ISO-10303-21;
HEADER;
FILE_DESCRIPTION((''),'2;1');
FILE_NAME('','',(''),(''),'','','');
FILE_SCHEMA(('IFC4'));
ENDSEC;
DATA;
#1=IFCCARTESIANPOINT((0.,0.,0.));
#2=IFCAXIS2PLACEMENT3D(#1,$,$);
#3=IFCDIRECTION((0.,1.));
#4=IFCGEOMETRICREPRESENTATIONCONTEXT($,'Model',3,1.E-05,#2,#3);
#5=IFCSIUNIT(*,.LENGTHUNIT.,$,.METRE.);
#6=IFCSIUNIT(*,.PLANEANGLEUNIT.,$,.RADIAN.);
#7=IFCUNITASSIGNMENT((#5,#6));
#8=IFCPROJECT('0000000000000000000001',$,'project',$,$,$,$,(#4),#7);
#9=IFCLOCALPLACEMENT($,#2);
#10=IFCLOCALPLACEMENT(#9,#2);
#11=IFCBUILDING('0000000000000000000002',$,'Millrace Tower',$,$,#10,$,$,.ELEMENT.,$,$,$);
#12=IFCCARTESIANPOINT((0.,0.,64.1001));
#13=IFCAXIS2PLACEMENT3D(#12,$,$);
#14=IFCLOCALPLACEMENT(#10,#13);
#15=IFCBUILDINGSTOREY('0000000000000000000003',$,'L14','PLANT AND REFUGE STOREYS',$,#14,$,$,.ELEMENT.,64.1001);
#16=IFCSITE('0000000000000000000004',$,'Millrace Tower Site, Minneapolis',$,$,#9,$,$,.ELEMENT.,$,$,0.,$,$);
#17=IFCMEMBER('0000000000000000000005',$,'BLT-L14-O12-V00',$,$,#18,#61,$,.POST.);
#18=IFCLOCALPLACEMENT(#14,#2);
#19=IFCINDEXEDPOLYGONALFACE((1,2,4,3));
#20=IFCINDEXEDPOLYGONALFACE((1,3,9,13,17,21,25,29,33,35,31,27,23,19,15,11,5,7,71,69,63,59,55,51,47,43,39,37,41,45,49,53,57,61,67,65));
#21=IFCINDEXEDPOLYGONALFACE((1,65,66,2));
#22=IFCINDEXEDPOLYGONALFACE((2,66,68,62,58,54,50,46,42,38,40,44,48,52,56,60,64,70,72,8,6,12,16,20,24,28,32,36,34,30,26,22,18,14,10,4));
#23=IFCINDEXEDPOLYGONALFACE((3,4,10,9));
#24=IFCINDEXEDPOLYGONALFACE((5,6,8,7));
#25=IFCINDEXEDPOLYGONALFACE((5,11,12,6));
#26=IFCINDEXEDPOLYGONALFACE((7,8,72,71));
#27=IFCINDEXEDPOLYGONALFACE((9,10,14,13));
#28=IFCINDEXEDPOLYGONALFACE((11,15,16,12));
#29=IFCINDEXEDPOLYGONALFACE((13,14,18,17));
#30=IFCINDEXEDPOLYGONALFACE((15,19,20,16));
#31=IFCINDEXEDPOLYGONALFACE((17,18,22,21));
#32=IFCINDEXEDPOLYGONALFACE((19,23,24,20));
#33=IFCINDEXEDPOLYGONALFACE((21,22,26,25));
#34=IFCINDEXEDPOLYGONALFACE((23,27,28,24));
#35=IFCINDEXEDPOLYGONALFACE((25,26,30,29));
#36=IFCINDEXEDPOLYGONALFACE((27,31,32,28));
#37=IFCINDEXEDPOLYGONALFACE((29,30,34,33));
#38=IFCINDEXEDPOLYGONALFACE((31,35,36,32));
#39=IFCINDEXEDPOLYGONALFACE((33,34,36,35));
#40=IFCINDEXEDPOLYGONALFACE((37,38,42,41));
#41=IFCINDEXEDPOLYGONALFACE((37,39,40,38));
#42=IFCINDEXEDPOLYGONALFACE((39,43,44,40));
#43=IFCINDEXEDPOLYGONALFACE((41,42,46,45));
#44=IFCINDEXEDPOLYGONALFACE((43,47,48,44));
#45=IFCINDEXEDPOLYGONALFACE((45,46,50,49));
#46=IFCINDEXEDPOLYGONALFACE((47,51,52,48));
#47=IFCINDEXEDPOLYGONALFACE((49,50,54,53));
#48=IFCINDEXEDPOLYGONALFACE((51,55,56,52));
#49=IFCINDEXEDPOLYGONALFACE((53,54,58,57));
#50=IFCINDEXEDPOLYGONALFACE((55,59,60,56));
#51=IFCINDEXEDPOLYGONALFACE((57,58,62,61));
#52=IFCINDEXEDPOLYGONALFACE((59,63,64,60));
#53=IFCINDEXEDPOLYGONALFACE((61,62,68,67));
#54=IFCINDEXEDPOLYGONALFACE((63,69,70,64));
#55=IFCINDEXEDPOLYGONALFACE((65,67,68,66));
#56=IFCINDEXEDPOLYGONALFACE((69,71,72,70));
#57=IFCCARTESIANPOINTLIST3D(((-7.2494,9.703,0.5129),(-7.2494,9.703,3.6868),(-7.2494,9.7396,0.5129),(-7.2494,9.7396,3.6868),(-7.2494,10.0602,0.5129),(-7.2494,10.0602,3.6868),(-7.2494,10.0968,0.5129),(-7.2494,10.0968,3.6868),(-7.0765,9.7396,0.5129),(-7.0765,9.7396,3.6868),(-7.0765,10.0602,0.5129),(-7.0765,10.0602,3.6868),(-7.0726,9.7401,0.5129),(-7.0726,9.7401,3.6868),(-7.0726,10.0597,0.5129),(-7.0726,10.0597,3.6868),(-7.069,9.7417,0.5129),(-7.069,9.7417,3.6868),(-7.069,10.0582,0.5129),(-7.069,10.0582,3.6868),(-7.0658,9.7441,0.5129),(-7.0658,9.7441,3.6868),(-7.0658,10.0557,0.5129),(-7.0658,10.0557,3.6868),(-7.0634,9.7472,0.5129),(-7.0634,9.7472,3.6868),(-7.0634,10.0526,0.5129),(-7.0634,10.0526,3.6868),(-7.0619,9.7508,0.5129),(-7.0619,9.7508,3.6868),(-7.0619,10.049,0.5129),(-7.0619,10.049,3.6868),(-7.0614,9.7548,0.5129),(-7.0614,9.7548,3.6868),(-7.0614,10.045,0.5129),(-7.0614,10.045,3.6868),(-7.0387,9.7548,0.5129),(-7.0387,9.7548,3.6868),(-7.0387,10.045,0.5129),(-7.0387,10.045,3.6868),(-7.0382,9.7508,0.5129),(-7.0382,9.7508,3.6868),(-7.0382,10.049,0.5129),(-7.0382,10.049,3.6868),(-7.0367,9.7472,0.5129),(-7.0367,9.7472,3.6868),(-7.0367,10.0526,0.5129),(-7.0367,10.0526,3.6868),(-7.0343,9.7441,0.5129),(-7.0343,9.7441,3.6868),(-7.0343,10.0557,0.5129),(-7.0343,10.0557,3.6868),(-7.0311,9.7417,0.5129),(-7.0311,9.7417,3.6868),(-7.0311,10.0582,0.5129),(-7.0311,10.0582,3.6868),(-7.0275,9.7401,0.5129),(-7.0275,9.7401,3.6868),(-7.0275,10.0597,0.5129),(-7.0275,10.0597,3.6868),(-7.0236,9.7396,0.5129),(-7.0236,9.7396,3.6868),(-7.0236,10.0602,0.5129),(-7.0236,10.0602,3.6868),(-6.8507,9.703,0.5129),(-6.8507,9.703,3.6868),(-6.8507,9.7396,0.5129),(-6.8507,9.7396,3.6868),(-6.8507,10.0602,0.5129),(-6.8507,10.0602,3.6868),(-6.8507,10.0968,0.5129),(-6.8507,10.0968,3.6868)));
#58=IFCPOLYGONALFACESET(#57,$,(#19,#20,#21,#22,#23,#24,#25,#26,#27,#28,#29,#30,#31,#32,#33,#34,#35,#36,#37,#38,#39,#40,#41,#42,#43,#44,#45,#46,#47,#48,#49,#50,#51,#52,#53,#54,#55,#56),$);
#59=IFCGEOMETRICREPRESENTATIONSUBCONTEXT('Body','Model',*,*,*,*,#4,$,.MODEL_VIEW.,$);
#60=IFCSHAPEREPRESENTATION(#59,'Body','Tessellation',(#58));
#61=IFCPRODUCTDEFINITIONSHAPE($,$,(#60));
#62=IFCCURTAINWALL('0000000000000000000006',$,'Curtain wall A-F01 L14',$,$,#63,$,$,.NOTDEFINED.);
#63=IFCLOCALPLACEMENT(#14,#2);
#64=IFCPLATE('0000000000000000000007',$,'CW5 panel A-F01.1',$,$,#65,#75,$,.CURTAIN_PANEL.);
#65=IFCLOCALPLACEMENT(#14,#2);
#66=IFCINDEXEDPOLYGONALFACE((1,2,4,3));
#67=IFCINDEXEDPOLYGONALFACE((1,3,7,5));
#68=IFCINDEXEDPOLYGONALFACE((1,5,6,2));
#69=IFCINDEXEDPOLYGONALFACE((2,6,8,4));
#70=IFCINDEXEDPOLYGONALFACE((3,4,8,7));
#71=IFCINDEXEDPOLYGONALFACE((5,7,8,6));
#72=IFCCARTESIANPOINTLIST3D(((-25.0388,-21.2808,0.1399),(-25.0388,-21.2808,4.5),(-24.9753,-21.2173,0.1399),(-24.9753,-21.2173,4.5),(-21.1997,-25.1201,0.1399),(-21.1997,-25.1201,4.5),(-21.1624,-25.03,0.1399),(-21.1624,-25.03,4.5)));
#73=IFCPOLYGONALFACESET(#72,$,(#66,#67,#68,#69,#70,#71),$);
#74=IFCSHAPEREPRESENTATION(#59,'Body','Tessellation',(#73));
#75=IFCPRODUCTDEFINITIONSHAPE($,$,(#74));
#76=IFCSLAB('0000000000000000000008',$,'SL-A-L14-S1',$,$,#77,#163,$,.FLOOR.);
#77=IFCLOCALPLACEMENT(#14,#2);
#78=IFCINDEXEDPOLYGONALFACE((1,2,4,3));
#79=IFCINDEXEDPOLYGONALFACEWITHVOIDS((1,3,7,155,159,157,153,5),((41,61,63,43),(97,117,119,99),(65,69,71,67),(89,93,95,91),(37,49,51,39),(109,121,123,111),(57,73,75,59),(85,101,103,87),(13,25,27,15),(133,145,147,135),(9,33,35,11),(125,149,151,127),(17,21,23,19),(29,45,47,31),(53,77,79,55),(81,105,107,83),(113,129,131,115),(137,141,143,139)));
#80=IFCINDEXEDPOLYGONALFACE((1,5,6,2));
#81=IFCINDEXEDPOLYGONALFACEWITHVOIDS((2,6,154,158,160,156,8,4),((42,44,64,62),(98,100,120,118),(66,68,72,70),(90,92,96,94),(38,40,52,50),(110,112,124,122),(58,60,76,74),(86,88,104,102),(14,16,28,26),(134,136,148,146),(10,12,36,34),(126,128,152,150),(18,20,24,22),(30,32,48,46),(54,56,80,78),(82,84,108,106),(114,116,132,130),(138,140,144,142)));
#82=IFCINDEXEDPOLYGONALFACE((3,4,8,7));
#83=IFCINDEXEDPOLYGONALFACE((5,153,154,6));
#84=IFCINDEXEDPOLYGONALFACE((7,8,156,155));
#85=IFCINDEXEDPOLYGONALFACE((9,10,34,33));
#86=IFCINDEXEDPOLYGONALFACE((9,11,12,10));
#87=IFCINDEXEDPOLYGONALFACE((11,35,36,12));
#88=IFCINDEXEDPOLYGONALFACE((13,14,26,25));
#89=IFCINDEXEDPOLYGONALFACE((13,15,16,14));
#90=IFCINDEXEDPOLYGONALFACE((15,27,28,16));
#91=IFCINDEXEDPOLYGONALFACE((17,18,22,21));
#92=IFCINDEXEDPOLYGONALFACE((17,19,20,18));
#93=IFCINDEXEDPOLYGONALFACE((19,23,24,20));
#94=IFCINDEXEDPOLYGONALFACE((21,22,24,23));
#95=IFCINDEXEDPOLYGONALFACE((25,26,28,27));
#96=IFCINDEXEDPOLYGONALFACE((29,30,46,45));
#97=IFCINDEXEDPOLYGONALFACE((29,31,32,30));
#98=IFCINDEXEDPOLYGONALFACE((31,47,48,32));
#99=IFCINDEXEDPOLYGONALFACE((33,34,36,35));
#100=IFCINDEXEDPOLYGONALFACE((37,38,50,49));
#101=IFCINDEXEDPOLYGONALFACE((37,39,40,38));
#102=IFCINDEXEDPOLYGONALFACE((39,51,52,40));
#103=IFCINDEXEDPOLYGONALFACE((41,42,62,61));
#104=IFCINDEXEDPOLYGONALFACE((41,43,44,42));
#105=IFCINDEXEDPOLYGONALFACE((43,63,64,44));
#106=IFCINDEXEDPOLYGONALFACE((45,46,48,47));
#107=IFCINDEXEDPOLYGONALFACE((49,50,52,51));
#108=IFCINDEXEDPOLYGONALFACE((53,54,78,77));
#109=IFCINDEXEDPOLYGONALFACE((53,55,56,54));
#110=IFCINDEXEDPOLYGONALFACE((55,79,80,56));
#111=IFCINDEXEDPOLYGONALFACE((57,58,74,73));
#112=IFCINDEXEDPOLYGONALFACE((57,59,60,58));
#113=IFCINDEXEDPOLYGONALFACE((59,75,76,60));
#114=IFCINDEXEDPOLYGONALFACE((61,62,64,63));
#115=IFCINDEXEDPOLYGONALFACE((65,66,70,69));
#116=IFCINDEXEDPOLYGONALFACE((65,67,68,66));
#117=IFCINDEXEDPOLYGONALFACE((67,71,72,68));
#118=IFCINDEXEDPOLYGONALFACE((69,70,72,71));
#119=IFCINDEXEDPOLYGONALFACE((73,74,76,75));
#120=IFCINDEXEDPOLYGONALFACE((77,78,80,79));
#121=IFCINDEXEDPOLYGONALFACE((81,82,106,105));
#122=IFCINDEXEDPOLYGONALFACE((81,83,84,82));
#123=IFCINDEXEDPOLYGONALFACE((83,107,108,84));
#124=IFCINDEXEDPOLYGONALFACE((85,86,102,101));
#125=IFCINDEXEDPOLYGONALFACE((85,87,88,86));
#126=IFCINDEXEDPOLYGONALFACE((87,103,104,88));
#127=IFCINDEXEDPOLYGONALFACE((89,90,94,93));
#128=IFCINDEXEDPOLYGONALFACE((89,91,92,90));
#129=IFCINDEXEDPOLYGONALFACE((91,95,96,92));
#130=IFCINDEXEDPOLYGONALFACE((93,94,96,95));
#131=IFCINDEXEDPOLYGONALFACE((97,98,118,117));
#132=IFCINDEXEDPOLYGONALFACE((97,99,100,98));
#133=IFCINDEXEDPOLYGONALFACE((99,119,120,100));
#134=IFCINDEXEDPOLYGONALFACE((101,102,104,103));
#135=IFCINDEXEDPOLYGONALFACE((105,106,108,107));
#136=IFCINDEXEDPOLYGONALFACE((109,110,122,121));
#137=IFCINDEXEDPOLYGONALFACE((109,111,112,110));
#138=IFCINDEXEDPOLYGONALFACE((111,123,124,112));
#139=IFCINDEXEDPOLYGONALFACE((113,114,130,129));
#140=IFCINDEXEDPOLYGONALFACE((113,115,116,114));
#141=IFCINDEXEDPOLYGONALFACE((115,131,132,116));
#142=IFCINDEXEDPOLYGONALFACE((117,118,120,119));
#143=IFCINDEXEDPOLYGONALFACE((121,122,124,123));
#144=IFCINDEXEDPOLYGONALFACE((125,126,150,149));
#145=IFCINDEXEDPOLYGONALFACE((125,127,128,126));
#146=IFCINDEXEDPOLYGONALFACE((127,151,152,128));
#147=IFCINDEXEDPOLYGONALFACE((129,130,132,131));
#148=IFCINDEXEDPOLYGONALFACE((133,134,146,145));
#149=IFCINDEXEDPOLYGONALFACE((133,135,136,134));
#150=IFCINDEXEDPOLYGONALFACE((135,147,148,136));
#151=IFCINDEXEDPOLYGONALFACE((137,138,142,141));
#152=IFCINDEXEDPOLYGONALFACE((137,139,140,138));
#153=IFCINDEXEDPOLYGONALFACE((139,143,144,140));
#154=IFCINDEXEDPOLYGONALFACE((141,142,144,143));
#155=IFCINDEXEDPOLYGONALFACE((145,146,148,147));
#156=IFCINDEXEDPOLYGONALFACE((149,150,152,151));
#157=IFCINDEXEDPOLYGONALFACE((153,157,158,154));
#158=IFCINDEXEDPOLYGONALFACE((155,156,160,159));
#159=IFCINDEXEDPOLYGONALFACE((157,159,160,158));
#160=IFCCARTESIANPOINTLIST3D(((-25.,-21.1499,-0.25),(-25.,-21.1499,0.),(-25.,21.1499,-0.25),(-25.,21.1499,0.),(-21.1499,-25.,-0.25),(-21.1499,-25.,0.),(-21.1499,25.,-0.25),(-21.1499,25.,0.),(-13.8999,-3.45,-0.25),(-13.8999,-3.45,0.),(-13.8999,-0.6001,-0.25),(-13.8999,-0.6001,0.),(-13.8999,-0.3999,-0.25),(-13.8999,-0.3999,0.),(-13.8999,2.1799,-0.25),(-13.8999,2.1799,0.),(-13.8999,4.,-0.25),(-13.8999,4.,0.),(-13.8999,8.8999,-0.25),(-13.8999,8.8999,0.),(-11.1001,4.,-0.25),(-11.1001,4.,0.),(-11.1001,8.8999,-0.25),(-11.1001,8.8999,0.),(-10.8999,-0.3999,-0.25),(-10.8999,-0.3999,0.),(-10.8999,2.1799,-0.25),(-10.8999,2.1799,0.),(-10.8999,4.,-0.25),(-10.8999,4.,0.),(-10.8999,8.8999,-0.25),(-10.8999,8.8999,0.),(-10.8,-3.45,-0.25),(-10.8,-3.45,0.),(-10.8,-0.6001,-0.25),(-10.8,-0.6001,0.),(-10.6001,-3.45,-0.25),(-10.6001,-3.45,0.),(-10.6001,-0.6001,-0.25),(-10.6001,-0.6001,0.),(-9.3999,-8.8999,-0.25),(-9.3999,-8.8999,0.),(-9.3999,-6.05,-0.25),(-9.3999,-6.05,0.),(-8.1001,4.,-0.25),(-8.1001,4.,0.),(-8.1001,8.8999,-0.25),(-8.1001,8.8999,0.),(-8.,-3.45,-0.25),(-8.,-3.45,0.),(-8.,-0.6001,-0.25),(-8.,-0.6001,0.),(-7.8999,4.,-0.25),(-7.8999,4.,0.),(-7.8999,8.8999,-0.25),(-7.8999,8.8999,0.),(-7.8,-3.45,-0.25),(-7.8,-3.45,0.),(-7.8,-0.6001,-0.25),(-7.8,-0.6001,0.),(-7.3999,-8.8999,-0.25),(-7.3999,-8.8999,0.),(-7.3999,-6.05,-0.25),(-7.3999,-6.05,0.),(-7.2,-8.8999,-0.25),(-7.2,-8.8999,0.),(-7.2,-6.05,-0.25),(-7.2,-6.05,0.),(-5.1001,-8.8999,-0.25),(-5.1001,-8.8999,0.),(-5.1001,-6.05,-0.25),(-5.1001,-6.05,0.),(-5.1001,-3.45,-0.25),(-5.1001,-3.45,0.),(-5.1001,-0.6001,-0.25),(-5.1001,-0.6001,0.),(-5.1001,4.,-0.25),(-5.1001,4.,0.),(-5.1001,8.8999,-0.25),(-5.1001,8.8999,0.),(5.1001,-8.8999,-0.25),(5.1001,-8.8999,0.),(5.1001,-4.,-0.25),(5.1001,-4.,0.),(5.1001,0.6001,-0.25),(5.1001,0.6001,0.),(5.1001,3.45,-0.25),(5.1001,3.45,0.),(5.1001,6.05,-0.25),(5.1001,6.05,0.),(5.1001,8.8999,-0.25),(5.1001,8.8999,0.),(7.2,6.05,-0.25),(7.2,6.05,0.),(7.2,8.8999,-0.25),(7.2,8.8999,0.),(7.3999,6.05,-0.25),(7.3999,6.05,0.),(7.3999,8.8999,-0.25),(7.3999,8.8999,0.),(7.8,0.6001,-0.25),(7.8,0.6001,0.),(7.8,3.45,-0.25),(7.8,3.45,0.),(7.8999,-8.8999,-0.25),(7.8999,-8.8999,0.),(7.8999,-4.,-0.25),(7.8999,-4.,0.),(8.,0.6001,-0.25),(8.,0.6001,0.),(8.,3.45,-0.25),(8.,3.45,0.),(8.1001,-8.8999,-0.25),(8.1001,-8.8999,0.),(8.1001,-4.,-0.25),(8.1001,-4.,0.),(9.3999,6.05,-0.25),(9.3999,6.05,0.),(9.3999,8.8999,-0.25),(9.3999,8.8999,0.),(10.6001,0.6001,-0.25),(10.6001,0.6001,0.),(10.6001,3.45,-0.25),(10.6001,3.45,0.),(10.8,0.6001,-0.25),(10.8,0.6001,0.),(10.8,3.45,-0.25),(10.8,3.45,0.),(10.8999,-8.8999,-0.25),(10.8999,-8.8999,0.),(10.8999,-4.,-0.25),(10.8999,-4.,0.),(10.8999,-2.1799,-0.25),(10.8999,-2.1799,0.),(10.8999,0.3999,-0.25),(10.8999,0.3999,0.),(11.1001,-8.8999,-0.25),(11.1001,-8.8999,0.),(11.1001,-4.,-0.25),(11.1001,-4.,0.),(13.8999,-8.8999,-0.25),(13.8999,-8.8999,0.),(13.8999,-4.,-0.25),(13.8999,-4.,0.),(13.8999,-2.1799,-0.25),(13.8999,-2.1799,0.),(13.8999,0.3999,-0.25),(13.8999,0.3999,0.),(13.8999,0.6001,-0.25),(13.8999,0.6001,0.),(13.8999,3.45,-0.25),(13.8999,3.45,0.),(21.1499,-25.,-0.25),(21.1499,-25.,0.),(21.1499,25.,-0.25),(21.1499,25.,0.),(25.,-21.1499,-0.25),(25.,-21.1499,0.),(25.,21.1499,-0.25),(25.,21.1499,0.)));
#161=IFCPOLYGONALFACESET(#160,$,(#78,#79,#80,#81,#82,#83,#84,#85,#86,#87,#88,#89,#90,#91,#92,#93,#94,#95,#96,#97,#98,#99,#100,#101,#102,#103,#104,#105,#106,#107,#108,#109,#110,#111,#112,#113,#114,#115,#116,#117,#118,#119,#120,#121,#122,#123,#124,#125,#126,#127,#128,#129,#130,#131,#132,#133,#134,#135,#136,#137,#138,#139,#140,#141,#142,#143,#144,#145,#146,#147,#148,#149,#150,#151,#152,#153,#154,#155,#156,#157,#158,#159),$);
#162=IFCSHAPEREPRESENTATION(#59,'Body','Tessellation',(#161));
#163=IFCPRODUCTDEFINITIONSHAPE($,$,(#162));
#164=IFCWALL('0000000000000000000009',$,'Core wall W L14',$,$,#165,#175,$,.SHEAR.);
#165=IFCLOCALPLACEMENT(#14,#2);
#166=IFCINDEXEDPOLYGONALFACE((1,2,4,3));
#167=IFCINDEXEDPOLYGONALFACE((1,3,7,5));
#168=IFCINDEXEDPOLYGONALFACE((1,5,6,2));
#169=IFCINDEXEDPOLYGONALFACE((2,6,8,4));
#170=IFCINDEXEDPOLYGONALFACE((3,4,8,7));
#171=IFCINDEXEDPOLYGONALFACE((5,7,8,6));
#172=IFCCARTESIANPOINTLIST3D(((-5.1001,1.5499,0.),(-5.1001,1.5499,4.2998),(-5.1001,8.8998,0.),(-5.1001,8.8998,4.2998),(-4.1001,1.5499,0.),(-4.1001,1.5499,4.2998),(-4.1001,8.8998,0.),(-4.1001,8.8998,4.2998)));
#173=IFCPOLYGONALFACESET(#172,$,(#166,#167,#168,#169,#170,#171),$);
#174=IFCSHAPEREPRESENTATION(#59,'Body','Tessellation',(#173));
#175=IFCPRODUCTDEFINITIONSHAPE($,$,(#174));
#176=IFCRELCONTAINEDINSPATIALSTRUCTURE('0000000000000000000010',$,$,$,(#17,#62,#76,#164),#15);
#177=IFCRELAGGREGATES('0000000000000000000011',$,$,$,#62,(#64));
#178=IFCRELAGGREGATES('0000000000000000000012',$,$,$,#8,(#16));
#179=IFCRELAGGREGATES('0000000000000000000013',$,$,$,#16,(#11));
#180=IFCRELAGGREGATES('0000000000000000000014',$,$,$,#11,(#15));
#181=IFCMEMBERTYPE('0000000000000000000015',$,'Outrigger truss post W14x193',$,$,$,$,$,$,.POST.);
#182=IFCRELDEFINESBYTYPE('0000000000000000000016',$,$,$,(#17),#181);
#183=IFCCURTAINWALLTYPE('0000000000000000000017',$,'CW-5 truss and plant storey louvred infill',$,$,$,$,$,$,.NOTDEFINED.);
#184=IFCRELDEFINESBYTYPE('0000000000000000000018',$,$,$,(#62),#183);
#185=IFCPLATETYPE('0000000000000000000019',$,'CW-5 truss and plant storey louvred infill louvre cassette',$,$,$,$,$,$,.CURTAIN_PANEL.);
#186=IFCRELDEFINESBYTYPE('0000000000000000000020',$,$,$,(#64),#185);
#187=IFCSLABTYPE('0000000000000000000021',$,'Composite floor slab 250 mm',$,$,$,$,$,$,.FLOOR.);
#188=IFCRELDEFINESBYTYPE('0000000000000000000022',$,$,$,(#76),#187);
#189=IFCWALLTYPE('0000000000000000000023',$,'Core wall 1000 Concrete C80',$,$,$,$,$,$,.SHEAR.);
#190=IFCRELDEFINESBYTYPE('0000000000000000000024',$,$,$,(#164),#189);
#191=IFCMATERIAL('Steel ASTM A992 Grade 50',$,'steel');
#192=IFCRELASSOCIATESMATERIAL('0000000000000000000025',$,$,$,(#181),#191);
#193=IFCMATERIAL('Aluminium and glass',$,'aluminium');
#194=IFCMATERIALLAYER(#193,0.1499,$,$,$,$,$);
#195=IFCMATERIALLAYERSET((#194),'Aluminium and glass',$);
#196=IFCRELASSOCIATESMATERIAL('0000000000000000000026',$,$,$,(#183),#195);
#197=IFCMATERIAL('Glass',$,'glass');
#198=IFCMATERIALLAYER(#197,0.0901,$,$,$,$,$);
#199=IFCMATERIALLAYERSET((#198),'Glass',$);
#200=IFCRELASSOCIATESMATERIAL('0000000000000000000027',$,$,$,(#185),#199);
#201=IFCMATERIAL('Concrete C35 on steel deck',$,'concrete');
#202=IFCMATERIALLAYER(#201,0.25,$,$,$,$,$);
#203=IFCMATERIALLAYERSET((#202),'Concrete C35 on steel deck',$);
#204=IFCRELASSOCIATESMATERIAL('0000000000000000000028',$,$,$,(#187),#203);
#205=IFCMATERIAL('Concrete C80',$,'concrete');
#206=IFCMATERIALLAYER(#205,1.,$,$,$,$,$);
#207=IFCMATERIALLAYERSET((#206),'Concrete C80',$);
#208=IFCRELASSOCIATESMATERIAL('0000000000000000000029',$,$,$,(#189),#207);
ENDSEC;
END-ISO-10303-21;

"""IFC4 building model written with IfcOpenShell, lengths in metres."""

from ifc_helpers import new_model, si_unit, direction, frame, frame_2d, origin, origin_2d, place, context, subcontext, project, spatial, polyline, rectangle, i_section, outline, extrude, material, layer, layer_set, material_profile, profile_set, type_object, element, aggregate, save


model = new_model("IFC4")

# Units and contexts
model_context = context("Model", 3, precision=1e-05, world=origin(), true_north=direction((0.0, 1.0)))
body_context = subcontext(model_context, "Body", "Model", "MODEL_VIEW")
ifc_project = project(units=[si_unit("LENGTHUNIT", "METRE"), si_unit("PLANEANGLEUNIT", "RADIAN")], contexts=[model_context])

# Site, building, storey
site_placement = place(None, origin())
site = spatial("IfcSite", under=ifc_project, at=site_placement, Name="Millrace Tower Site, Minneapolis", CompositionType="ELEMENT", RefElevation=0.0)
building_placement = place(site_placement, origin())
building = spatial("IfcBuilding", under=site, at=building_placement, Name="Millrace Tower", CompositionType="ELEMENT")
storey_placement = place(building_placement, frame((0.0, 0.0, 64.1001)))
storey = spatial("IfcBuildingStorey", under=building, at=storey_placement, Name="L14", Description="PLANT AND REFUGE STOREYS", CompositionType="ELEMENT", Elevation=64.1001)

# Member
ifc_material_1 = material(Name="Steel ASTM A992 Grade 50", Category="steel")
ifc_material_profile_1 = material_profile(ifc_material_1, i_section(OverallWidth=0.3987, OverallDepth=0.3938, WebThickness=0.0227, FlangeThickness=0.0366, FilletRadius=0.0151, at=origin_2d()))
ifc_profile_set_1 = profile_set([ifc_material_profile_1], Name="Steel ASTM A992 Grade 50")
member_type_1 = type_object("IfcMemberType", Name="Outrigger truss post W14x193", PredefinedType="POST", material=ifc_profile_set_1)
member_1_placement = place(storey_placement, frame((-7.05, 9.8999, 0.5129), z_axis=(0.0, 0.0, 1.0), x_axis=(1.0, 0.0, 0.0)))
element("IfcMember", 1, at=member_1_placement, inside=storey, type_object=member_type_1, Name="BLT-L14-O12-V00", PredefinedType="POST", context=body_context, shape_type="SweptSolid", body=[
    extrude(i_section(OverallWidth=0.3987, OverallDepth=0.3938, WebThickness=0.0227, FlangeThickness=0.0366, FilletRadius=0.0151, at=origin_2d()), origin(), (0.0, 0.0, 1.0), 3.1738),
])

# Curtain wall, plate
ifc_material_2 = material(Name="Aluminium and glass", Category="aluminium")
ifc_layer_1 = layer(ifc_material_2, 0.1499)
ifc_layer_set_1 = layer_set([ifc_layer_1], Name="Aluminium and glass")
curtain_wall_type = type_object("IfcCurtainWallType", Name="CW-5 truss and plant storey louvred infill", PredefinedType="NOTDEFINED", material=ifc_layer_set_1)
placement = place(storey_placement, origin())
curtain_wall = element("IfcCurtainWall", 2, at=placement, inside=storey, type_object=curtain_wall_type, Name="Curtain wall A-F01 L14", PredefinedType="NOTDEFINED")
ifc_material_3 = material(Name="Glass", Category="glass")
ifc_layer_2 = layer(ifc_material_3, 0.0901)
ifc_layer_set_2 = layer_set([ifc_layer_2], Name="Glass")
plate_type = type_object("IfcPlateType", Name="CW-5 truss and plant storey louvred infill louvre cassette", PredefinedType="CURTAIN_PANEL", material=ifc_layer_set_2)
plate_placement = place(storey_placement, frame((0.0, 0.0, 0.1399)))
plate = element("IfcPlate", 3, at=plate_placement, type_object=plate_type, Name="CW5 panel A-F01.1", PredefinedType="CURTAIN_PANEL", context=body_context, shape_type="SweptSolid", body=[
    extrude(outline(polyline([(-25.0388, -21.2808), (-21.1997, -25.1201), (-21.1624, -25.03), (-24.9753, -21.2173), (-25.0388, -21.2808)])), origin(), (0.0, 0.0, 1.0), 4.3601),
])
aggregate(curtain_wall, [plate])

# Slab
ifc_material_4 = material(Name="Concrete C35 on steel deck", Category="concrete")
ifc_layer_3 = layer(ifc_material_4, 0.25)
ifc_layer_set_3 = layer_set([ifc_layer_3], Name="Concrete C35 on steel deck")
slab_type = type_object("IfcSlabType", Name="Composite floor slab 250 mm", PredefinedType="FLOOR", material=ifc_layer_set_3)
slab_placement = place(storey_placement, frame((0.0, 0.0, -0.25)))
element("IfcSlab", 4, at=slab_placement, inside=storey, type_object=slab_type, Name="SL-A-L14-S1", PredefinedType="FLOOR", context=body_context, shape_type="SweptSolid", body=[
    extrude(outline(polyline([(-25.0, -21.1499), (-21.1499, -25.0), (21.1499, -25.0), (25.0, -21.1499), (25.0, 21.1499), (21.1499, 25.0), (-21.1499, 25.0), (-25.0, 21.1499), (-25.0, -21.1499)]), holes=[polyline([(-9.3999, -8.8999), (-7.3999, -8.8999), (-7.3999, -6.05), (-9.3999, -6.05), (-9.3999, -8.8999)]), polyline([(-7.2, -8.8999), (-5.1001, -8.8999), (-5.1001, -6.05), (-7.2, -6.05), (-7.2, -8.8999)]), polyline([(-13.8999, -3.45), (-10.8, -3.45), (-10.8, -0.6001), (-13.8999, -0.6001), (-13.8999, -3.45)]), polyline([(-10.6001, -3.45), (-8.0, -3.45), (-8.0, -0.6001), (-10.6001, -0.6001), (-10.6001, -3.45)]), polyline([(-7.8, -3.45), (-5.1001, -3.45), (-5.1001, -0.6001), (-7.8, -0.6001), (-7.8, -3.45)]), polyline([(-13.8999, -0.3999), (-10.8999, -0.3999), (-10.8999, 2.1799), (-13.8999, 2.1799), (-13.8999, -0.3999)]), polyline([(-13.8999, 4.0), (-11.1001, 4.0), (-11.1001, 8.8999), (-13.8999, 8.8999), (-13.8999, 4.0)]), polyline([(-10.8999, 4.0), (-8.1001, 4.0), (-8.1001, 8.8999), (-10.8999, 8.8999), (-10.8999, 4.0)]), polyline([(-7.8999, 4.0), (-5.1001, 4.0), (-5.1001, 8.8999), (-7.8999, 8.8999), (-7.8999, 4.0)]), polyline([(7.3999, 6.05), (9.3999, 6.05), (9.3999, 8.8999), (7.3999, 8.8999), (7.3999, 6.05)]), polyline([(5.1001, 6.05), (7.2, 6.05), (7.2, 8.8999), (5.1001, 8.8999), (5.1001, 6.05)]), polyline([(10.8, 0.6001), (13.8999, 0.6001), (13.8999, 3.45), (10.8, 3.45), (10.8, 0.6001)]), polyline([(8.0, 0.6001), (10.6001, 0.6001), (10.6001, 3.45), (8.0, 3.45), (8.0, 0.6001)]), polyline([(5.1001, 0.6001), (7.8, 0.6001), (7.8, 3.45), (5.1001, 3.45), (5.1001, 0.6001)]), polyline([(10.8999, -2.1799), (13.8999, -2.1799), (13.8999, 0.3999), (10.8999, 0.3999), (10.8999, -2.1799)]), polyline([(11.1001, -8.8999), (13.8999, -8.8999), (13.8999, -4.0), (11.1001, -4.0), (11.1001, -8.8999)]), polyline([(8.1001, -8.8999), (10.8999, -8.8999), (10.8999, -4.0), (8.1001, -4.0), (8.1001, -8.8999)]), polyline([(5.1001, -8.8999), (7.8999, -8.8999), (7.8999, -4.0), (5.1001, -4.0), (5.1001, -8.8999)])]), origin(), (0.0, 0.0, 1.0), 0.25),
])

# Wall
ifc_material_5 = material(Name="Concrete C80", Category="concrete")
ifc_layer_4 = layer(ifc_material_5, 1.0)
ifc_layer_set_4 = layer_set([ifc_layer_4], Name="Concrete C80")
wall_type_1 = type_object("IfcWallType", Name="Core wall 1000 Concrete C80", PredefinedType="SHEAR", material=ifc_layer_set_4)
wall_1_placement = place(storey_placement, frame((-4.6001, 1.55, 0.0), z_axis=(0.0, 0.0, 1.0), x_axis=(0.0, 1.0, 0.0)))
element("IfcWall", 5, at=wall_1_placement, inside=storey, type_object=wall_type_1, Name="Core wall W L14", PredefinedType="SHEAR", context=body_context, shape_type="SweptSolid", body=[
    extrude(rectangle(XDim=7.3499, YDim=1.0, at=frame_2d((3.6748, 0.0))), origin(), (0.0, 0.0, 1.0), 4.2998),
])

save(model, "model.ifc")
